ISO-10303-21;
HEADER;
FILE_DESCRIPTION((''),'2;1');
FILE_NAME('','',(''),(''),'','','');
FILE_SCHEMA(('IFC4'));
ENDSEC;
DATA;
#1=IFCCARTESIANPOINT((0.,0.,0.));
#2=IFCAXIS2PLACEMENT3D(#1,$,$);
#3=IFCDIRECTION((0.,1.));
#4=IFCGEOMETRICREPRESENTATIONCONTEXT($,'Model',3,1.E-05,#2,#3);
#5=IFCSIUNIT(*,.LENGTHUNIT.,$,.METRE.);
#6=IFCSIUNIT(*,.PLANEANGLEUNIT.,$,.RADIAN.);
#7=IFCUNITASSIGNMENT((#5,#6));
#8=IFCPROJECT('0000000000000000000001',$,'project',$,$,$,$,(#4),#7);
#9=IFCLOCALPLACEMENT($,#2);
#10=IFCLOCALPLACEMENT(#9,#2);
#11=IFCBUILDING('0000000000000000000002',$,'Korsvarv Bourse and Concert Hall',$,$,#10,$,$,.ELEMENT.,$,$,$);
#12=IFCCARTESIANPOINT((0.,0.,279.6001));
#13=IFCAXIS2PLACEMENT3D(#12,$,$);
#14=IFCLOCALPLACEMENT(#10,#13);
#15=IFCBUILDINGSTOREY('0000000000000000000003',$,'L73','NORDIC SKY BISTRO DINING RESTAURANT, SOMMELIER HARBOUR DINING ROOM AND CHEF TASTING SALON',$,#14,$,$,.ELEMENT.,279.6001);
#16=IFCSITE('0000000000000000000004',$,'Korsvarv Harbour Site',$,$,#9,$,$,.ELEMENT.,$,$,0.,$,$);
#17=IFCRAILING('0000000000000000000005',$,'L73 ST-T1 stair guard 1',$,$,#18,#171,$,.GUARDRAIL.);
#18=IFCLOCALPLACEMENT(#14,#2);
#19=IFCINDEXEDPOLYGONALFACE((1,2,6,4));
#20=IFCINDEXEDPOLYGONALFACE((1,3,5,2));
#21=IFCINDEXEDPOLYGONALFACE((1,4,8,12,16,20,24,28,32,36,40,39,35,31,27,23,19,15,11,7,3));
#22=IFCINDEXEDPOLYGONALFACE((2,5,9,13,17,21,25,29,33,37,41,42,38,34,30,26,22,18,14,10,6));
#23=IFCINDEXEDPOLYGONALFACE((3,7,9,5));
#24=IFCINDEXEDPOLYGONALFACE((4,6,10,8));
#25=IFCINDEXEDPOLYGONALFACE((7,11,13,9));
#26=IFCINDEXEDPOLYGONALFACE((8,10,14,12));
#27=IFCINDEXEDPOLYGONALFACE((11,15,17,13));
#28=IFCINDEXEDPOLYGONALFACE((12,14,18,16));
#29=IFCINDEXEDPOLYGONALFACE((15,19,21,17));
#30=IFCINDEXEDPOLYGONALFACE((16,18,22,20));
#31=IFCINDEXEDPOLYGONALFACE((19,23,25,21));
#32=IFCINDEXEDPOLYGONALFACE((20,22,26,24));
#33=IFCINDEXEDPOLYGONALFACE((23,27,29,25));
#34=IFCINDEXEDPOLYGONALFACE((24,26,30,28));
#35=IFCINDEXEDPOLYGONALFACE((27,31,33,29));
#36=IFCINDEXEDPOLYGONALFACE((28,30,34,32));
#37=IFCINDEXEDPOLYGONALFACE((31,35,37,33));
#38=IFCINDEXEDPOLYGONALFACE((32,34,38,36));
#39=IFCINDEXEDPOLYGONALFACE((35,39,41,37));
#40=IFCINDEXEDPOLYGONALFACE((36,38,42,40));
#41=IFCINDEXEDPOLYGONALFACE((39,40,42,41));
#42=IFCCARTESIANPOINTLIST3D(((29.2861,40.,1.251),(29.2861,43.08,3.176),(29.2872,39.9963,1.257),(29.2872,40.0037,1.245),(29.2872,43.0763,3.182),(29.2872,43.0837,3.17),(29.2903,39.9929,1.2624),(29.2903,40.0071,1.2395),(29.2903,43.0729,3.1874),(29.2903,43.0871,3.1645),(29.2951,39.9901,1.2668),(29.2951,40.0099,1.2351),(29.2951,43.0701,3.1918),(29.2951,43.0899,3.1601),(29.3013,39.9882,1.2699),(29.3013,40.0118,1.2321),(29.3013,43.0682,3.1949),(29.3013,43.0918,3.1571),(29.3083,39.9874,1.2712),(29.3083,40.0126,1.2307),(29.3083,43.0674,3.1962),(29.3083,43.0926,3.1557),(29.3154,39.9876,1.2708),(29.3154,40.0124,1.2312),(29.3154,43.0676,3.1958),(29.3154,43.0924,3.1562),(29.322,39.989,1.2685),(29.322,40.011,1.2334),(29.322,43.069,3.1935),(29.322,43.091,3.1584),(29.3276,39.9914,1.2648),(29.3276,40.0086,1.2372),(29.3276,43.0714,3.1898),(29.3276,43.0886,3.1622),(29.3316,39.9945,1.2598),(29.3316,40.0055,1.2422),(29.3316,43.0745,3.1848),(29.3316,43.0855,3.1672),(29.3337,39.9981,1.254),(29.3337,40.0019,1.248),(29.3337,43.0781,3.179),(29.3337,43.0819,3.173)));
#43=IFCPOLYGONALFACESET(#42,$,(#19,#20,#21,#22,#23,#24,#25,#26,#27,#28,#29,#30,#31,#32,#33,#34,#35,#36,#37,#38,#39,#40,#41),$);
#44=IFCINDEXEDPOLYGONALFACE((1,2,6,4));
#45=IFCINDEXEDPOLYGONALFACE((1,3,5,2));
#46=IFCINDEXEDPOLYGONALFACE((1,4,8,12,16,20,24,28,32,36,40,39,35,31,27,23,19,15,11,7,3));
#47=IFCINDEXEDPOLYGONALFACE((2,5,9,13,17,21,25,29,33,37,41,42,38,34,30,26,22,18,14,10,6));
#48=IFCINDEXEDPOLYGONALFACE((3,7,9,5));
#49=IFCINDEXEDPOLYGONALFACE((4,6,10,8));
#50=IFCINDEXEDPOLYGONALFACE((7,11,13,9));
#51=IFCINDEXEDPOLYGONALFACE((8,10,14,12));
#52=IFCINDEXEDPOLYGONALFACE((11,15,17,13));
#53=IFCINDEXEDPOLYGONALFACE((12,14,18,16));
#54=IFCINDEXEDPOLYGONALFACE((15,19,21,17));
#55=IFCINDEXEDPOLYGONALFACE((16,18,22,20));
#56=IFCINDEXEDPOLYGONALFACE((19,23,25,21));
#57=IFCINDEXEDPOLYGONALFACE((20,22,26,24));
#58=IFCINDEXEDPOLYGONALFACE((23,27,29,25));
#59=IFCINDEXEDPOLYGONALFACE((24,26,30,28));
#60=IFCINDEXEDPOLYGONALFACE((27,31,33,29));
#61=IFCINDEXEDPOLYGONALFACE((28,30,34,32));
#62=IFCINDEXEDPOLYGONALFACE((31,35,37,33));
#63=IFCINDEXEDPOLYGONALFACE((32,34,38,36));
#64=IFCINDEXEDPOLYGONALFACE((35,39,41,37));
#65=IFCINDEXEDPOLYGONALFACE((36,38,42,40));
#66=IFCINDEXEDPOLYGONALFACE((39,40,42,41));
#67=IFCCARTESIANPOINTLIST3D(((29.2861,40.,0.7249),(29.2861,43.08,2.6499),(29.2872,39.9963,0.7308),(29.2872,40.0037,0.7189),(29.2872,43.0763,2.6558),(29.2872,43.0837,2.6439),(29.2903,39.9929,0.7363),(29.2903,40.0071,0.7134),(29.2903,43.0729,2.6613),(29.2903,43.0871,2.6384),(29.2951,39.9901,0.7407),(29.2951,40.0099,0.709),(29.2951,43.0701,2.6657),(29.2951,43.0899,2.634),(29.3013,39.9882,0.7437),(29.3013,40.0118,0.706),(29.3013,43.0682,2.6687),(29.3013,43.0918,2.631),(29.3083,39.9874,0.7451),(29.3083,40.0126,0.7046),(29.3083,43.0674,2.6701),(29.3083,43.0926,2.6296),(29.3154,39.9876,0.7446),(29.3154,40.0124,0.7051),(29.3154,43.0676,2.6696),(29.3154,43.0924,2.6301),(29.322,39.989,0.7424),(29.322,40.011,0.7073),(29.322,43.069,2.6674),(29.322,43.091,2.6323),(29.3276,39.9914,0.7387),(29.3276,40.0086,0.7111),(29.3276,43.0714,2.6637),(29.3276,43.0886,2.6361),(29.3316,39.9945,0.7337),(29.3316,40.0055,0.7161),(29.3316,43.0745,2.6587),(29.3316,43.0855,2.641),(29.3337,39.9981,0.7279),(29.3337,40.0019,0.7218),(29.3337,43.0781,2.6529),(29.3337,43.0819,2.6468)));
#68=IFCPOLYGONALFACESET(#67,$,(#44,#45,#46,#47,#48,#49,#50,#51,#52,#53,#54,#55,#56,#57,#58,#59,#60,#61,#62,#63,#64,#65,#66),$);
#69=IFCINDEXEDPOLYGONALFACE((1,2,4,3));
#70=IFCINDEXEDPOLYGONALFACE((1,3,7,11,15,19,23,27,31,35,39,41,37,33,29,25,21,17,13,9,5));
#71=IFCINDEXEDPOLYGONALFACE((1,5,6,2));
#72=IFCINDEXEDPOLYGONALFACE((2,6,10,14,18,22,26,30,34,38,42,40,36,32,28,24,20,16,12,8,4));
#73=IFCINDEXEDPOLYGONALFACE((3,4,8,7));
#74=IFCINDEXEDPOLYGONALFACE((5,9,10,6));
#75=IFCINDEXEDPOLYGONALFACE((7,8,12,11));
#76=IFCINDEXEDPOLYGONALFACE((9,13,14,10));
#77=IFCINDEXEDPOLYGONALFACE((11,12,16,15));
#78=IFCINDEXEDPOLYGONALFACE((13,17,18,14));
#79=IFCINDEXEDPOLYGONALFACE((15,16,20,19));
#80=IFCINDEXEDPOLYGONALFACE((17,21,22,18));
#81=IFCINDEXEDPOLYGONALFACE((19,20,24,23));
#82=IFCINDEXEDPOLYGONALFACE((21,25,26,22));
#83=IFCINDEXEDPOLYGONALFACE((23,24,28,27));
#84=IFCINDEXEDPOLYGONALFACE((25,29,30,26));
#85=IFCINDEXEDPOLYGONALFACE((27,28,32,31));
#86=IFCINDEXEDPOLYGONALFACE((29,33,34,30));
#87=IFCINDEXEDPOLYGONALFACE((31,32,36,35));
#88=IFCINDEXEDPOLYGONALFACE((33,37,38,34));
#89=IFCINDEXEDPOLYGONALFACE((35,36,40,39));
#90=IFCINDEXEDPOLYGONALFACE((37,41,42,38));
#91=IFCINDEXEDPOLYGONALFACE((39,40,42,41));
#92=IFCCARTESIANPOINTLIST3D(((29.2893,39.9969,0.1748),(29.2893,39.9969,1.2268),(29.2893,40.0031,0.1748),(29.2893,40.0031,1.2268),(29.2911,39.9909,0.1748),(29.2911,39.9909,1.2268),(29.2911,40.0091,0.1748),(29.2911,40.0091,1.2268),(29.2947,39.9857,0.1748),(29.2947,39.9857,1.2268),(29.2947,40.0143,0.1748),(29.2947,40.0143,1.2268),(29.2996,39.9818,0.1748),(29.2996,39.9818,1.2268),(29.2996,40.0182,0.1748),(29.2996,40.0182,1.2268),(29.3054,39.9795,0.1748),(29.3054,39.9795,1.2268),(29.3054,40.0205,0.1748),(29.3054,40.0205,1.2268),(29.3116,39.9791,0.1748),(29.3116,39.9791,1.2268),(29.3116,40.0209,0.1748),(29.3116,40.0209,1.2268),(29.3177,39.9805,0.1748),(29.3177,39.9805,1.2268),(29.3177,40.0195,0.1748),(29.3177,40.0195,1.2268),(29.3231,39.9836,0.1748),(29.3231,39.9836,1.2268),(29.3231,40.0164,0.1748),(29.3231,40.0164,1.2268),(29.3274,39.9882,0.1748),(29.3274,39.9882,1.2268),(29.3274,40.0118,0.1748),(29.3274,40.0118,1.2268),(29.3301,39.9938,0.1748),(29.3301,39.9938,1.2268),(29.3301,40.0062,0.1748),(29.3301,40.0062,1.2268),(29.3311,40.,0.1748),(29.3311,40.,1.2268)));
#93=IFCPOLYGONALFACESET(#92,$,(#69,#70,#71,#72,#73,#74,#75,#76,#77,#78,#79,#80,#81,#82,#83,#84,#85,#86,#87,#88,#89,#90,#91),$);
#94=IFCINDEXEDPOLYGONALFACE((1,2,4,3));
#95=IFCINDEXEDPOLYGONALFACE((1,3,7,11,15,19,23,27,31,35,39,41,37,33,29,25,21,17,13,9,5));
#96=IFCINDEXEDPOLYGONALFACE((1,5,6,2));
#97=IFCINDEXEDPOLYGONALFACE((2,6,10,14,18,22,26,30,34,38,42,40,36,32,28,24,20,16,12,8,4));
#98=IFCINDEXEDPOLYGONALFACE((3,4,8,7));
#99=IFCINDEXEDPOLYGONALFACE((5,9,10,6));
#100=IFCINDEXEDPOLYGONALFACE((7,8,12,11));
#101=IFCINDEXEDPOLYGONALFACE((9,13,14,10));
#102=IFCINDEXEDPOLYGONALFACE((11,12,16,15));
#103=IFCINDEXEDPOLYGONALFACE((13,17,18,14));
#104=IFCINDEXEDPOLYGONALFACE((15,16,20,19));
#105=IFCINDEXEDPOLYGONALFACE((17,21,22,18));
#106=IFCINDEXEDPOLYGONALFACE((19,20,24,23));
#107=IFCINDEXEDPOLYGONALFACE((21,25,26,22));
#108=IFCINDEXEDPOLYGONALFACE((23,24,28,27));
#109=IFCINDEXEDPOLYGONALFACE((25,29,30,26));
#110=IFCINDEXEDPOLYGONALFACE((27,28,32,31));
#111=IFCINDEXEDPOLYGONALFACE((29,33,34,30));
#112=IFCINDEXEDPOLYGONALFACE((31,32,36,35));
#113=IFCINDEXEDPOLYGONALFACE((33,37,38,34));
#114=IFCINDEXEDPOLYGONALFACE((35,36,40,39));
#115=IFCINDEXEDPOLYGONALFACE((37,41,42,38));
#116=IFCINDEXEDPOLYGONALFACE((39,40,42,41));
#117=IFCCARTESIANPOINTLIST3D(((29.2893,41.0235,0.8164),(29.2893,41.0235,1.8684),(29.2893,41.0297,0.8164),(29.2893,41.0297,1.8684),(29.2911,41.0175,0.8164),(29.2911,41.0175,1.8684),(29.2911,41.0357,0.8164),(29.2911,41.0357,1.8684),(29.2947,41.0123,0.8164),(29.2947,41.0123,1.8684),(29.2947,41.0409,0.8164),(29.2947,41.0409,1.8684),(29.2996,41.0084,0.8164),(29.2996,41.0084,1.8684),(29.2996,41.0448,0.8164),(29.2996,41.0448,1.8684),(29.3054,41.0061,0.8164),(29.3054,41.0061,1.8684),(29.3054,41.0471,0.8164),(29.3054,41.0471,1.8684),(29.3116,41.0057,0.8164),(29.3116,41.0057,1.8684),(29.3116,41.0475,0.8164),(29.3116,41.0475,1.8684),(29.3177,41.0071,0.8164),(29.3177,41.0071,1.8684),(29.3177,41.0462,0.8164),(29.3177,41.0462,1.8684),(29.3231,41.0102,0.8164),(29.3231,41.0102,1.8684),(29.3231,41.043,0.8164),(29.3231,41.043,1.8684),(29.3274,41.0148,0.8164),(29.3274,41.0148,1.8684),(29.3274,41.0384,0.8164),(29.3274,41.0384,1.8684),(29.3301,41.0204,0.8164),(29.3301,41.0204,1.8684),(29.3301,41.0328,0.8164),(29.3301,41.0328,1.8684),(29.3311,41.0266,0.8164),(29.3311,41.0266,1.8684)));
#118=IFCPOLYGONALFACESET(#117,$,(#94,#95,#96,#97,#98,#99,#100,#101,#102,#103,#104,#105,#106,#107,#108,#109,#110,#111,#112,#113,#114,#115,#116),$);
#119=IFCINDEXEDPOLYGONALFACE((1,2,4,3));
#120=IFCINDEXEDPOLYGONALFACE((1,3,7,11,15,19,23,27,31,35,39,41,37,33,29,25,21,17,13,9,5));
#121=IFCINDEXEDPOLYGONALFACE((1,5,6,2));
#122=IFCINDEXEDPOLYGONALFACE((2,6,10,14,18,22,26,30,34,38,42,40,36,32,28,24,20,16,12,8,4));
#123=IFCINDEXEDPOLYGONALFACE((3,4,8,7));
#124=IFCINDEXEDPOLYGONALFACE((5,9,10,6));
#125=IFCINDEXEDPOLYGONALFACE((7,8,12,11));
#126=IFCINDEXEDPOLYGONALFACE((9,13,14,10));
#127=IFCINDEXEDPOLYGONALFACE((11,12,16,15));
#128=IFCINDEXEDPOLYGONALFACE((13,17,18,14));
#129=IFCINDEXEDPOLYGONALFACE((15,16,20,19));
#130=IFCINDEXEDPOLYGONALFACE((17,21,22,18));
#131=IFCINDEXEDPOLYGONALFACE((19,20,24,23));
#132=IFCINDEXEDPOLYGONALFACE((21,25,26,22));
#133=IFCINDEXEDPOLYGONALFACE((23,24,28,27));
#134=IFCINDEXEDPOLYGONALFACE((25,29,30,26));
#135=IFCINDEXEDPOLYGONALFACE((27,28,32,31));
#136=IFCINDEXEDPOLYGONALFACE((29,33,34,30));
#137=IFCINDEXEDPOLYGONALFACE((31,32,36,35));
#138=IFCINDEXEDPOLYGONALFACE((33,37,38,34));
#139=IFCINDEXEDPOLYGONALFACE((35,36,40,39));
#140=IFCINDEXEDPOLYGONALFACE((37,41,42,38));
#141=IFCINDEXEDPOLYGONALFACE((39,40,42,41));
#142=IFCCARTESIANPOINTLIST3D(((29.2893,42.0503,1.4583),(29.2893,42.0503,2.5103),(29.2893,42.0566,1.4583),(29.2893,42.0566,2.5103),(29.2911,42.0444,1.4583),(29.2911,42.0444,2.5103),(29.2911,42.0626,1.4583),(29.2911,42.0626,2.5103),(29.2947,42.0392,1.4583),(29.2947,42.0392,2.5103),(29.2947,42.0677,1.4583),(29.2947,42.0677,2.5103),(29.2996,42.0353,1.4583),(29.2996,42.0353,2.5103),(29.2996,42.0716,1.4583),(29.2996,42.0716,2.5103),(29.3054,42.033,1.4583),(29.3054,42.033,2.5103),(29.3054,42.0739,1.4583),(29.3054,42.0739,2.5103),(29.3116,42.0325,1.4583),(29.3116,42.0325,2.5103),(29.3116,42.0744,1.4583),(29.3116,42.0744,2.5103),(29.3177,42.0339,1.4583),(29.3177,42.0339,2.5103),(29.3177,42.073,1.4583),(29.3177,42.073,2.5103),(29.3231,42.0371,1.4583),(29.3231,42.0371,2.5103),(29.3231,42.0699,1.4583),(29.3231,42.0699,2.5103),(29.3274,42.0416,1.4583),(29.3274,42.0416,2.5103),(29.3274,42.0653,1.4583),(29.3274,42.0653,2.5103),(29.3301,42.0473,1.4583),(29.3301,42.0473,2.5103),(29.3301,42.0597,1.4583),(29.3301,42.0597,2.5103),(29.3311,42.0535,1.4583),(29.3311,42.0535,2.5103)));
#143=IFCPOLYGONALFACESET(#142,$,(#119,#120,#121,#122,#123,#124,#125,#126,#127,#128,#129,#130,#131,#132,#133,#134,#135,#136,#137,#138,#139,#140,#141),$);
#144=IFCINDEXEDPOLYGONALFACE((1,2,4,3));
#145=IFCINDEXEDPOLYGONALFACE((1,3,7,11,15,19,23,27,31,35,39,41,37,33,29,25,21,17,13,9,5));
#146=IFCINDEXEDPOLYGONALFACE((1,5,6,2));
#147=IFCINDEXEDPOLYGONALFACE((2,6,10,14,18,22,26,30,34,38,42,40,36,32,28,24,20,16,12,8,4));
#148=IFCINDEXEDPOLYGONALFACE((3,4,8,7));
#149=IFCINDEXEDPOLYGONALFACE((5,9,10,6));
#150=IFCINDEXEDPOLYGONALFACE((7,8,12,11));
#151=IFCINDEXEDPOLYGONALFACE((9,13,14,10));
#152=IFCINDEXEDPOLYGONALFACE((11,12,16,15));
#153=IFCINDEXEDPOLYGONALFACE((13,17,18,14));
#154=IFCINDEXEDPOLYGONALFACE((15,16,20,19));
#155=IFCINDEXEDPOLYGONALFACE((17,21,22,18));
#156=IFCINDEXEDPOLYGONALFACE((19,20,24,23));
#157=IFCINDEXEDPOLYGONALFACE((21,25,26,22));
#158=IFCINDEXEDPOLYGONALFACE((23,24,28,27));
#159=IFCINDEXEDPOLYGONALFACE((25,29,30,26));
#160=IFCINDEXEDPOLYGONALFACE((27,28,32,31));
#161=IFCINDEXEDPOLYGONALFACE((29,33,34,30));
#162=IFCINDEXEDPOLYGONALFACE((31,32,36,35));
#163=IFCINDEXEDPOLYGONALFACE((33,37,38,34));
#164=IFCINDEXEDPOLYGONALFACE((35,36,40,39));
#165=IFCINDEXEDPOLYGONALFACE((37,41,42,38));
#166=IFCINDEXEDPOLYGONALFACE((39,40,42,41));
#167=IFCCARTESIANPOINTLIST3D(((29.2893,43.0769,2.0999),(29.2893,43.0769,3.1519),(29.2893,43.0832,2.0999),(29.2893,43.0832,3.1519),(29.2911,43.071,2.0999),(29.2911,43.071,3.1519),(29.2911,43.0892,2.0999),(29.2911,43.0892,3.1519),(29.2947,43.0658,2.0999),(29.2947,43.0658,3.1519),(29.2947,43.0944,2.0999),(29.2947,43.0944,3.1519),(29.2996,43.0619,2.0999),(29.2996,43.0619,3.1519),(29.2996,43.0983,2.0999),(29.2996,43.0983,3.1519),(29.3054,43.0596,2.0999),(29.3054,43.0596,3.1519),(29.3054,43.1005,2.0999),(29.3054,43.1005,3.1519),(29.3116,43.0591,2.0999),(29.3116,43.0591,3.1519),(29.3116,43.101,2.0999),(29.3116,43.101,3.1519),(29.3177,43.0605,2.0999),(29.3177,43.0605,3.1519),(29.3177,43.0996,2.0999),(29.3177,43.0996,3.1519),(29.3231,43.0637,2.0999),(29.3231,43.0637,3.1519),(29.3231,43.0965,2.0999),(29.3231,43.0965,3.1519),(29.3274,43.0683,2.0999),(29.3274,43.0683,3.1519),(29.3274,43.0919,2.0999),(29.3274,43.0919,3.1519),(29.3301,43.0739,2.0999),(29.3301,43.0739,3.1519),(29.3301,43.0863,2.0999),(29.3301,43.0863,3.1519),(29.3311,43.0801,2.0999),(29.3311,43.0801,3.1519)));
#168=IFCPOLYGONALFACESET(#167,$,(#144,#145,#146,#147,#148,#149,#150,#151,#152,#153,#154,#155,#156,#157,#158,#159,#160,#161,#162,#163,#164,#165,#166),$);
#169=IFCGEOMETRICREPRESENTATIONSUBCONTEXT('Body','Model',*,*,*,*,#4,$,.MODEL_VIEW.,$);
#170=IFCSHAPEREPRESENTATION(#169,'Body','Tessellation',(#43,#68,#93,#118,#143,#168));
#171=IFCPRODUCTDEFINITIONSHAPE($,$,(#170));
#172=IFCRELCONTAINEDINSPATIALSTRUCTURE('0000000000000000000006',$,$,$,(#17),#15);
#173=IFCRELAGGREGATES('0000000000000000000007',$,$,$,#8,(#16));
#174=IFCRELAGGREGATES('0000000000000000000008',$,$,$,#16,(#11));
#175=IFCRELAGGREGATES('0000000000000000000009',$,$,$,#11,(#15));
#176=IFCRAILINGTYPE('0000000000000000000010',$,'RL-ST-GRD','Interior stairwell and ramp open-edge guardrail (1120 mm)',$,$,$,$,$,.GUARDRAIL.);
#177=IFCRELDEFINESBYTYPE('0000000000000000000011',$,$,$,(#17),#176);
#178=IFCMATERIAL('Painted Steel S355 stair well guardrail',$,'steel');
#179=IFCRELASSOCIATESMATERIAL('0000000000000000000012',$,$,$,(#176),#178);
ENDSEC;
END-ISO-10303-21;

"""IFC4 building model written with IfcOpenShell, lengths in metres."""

from ifc_helpers import new_model, si_unit, direction, frame, origin, origin_2d, place, context, subcontext, project, spatial, circle, extrude, material, type_object, element, save


model = new_model("IFC4")

# Units and contexts
model_context = context("Model", 3, precision=1e-05, world=origin(), true_north=direction((0.0, 1.0)))
body_context = subcontext(model_context, "Body", "Model", "MODEL_VIEW")
ifc_project = project(units=[si_unit("LENGTHUNIT", "METRE"), si_unit("PLANEANGLEUNIT", "RADIAN")], contexts=[model_context])

# Site, building, storey
site_placement = place(None, origin())
site = spatial("IfcSite", under=ifc_project, at=site_placement, Name="Korsvarv Harbour Site", CompositionType="ELEMENT", RefElevation=0.0)
building_placement = place(site_placement, origin())
building = spatial("IfcBuilding", under=site, at=building_placement, Name="Korsvarv Bourse and Concert Hall", CompositionType="ELEMENT")
storey_placement = place(building_placement, frame((0.0, 0.0, 279.6001)))
storey = spatial("IfcBuildingStorey", under=building, at=storey_placement, Name="L73", Description="NORDIC SKY BISTRO DINING RESTAURANT, SOMMELIER HARBOUR DINING ROOM AND CHEF TASTING SALON", CompositionType="ELEMENT", Elevation=279.6001)

# Railing
ifc_material_1 = material(Name="Painted Steel S355 stair well guardrail", Category="steel")
railing_type_1 = type_object("IfcRailingType", Name="RL-ST-GRD", Description="Interior stairwell and ramp open-edge guardrail (1120 mm)", PredefinedType="GUARDRAIL", material=ifc_material_1)
railing_1_placement = place(storey_placement, frame((29.3101, 40.0, 0.1748)))
element("IfcRailing", 1, at=railing_1_placement, inside=storey, type_object=railing_type_1, Name="L73 ST-T1 stair guard 1", PredefinedType="GUARDRAIL", context=body_context, shape_type="SweptSolid", body=[
    extrude(circle(Radius=0.0239, at=origin_2d()), frame((0.0, 0.0, 1.0762), z_axis=(0.0, 0.847998, 0.529999), x_axis=(-1.0, 0.0, 0.0)), (0.0, 0.0, 1.0), 3.6321),
    extrude(circle(Radius=0.0239, at=origin_2d()), frame((0.0, 0.0, 0.55), z_axis=(0.0, 0.847998, 0.529999), x_axis=(-1.0, 0.0, 0.0)), (0.0, 0.0, 1.0), 3.6321),
    extrude(circle(Radius=0.021, at=origin_2d()), origin(), (0.0, 0.0, 1.0), 1.052),
    extrude(circle(Radius=0.021, at=origin_2d()), frame((0.0, 1.0266, 0.6416)), (0.0, 0.0, 1.0), 1.052),
    extrude(circle(Radius=0.021, at=origin_2d()), frame((0.0, 2.0535, 1.2834)), (0.0, 0.0, 1.0), 1.052),
    extrude(circle(Radius=0.021, at=origin_2d()), frame((0.0, 3.0801, 1.925)), (0.0, 0.0, 1.0), 1.052),
])

save(model, "model.ifc")
